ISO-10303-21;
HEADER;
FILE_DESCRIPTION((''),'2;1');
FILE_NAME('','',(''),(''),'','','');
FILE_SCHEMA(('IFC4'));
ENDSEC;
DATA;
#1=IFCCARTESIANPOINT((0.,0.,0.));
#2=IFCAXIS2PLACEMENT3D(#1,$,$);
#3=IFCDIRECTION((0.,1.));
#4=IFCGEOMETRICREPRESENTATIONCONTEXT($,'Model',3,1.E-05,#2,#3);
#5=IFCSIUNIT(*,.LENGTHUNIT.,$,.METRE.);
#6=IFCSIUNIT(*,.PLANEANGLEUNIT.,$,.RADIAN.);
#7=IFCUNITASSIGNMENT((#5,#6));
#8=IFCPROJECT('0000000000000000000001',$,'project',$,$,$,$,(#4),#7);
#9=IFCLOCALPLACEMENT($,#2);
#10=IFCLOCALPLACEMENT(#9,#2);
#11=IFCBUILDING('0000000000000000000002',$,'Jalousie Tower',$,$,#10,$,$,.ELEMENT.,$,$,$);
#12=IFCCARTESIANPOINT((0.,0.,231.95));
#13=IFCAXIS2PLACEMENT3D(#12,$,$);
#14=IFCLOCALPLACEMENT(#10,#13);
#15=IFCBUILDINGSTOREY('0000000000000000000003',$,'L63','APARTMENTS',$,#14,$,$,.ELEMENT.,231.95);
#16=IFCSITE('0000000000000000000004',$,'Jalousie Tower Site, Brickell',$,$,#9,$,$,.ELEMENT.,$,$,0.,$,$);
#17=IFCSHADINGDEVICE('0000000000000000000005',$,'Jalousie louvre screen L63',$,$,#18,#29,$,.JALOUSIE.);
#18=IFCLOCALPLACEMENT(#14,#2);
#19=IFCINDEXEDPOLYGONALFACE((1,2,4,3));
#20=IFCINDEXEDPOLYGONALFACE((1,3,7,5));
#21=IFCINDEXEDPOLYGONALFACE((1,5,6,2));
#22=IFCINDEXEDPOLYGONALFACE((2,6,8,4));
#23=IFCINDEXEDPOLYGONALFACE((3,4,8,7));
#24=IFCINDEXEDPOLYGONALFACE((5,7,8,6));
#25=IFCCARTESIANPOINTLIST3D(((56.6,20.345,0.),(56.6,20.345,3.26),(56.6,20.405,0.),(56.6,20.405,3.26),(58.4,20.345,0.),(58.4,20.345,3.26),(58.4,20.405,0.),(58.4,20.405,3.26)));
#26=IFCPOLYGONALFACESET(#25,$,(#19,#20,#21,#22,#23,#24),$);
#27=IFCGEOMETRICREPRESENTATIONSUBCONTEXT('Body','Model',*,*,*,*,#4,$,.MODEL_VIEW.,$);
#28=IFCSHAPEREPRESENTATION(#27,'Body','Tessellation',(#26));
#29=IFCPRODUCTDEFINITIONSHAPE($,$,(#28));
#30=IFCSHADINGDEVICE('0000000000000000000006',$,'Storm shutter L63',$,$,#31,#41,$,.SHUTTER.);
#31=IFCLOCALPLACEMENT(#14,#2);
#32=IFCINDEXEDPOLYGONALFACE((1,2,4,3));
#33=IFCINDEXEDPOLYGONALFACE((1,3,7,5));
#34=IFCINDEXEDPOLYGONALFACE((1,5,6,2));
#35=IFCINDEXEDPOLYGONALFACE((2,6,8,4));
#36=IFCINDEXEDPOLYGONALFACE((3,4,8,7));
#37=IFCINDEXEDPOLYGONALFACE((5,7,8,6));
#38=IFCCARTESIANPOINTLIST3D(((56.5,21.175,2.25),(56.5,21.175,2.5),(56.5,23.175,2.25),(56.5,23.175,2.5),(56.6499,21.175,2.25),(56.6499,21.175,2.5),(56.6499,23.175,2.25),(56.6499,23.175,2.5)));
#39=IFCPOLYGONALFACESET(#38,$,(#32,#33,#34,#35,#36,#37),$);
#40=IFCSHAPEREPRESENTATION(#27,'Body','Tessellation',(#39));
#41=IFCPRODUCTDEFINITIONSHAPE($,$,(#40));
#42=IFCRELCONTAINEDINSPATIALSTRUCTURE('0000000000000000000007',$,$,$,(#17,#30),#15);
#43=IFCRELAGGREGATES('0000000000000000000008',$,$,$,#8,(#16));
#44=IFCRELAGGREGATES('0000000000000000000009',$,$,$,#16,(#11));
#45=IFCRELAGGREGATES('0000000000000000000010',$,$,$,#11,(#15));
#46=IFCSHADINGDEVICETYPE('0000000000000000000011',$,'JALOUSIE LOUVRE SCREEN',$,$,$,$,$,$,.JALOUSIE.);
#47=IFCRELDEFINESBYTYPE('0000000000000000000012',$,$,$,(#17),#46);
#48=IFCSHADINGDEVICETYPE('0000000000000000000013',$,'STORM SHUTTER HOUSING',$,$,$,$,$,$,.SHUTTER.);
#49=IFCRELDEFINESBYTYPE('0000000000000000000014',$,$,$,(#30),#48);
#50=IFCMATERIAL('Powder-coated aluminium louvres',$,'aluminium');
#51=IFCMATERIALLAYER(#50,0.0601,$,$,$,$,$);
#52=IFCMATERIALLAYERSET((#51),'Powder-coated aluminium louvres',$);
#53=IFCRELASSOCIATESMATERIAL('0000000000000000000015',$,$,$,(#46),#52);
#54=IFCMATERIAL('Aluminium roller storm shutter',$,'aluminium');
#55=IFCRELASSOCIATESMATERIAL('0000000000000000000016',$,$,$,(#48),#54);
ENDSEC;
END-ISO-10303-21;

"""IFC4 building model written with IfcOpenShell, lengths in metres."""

from ifc_helpers import new_model, si_unit, direction, frame, origin, origin_2d, place, context, subcontext, project, spatial, rectangle, extrude, material, layer, layer_set, type_object, element, save


model = new_model("IFC4")

# Units and contexts
model_context = context("Model", 3, precision=1e-05, world=origin(), true_north=direction((0.0, 1.0)))
body_context = subcontext(model_context, "Body", "Model", "MODEL_VIEW")
ifc_project = project(units=[si_unit("LENGTHUNIT", "METRE"), si_unit("PLANEANGLEUNIT", "RADIAN")], contexts=[model_context])

# Site, building, storey
site_placement = place(None, origin())
site = spatial("IfcSite", under=ifc_project, at=site_placement, Name="Jalousie Tower Site, Brickell", CompositionType="ELEMENT", RefElevation=0.0)
building_placement = place(site_placement, origin())
building = spatial("IfcBuilding", under=site, at=building_placement, Name="Jalousie Tower", CompositionType="ELEMENT")
storey_placement = place(building_placement, frame((0.0, 0.0, 231.95)))
storey = spatial("IfcBuildingStorey", under=building, at=storey_placement, Name="L63", Description="APARTMENTS", CompositionType="ELEMENT", Elevation=231.95)

# Shading devices
ifc_material_1 = material(Name="Powder-coated aluminium louvres", Category="aluminium")
ifc_layer_1 = layer(ifc_material_1, 0.0601)
ifc_layer_set_1 = layer_set([ifc_layer_1], Name="Powder-coated aluminium louvres")
shading_device_type_1 = type_object("IfcShadingDeviceType", Name="JALOUSIE LOUVRE SCREEN", PredefinedType="JALOUSIE", material=ifc_layer_set_1)
shading_device_1_placement = place(storey_placement, frame((57.5, 20.375, 0.0), z_axis=(0.0, 0.0, 1.0), x_axis=(0.0, 1.0, 0.0)))
element("IfcShadingDevice", 1, at=shading_device_1_placement, inside=storey, type_object=shading_device_type_1, Name="Jalousie louvre screen L63", PredefinedType="JALOUSIE", context=body_context, shape_type="SweptSolid", body=[
    extrude(rectangle(XDim=0.0601, YDim=1.8, at=origin_2d()), origin(), (0.0, 0.0, 1.0), 3.26),
])
ifc_material_2 = material(Name="Aluminium roller storm shutter", Category="aluminium")
shading_device_type_2 = type_object("IfcShadingDeviceType", Name="STORM SHUTTER HOUSING", PredefinedType="SHUTTER", material=ifc_material_2)
shading_device_2_placement = place(storey_placement, frame((56.575, 22.175, 2.25), z_axis=(0.0, 0.0, 1.0), x_axis=(0.0, 1.0, 0.0)))
element("IfcShadingDevice", 2, at=shading_device_2_placement, inside=storey, type_object=shading_device_type_2, Name="Storm shutter L63", PredefinedType="SHUTTER", context=body_context, shape_type="SweptSolid", body=[
    extrude(rectangle(XDim=2.0, YDim=0.1499, at=origin_2d()), origin(), (0.0, 0.0, 1.0), 0.25),
])

save(model, "model.ifc")
